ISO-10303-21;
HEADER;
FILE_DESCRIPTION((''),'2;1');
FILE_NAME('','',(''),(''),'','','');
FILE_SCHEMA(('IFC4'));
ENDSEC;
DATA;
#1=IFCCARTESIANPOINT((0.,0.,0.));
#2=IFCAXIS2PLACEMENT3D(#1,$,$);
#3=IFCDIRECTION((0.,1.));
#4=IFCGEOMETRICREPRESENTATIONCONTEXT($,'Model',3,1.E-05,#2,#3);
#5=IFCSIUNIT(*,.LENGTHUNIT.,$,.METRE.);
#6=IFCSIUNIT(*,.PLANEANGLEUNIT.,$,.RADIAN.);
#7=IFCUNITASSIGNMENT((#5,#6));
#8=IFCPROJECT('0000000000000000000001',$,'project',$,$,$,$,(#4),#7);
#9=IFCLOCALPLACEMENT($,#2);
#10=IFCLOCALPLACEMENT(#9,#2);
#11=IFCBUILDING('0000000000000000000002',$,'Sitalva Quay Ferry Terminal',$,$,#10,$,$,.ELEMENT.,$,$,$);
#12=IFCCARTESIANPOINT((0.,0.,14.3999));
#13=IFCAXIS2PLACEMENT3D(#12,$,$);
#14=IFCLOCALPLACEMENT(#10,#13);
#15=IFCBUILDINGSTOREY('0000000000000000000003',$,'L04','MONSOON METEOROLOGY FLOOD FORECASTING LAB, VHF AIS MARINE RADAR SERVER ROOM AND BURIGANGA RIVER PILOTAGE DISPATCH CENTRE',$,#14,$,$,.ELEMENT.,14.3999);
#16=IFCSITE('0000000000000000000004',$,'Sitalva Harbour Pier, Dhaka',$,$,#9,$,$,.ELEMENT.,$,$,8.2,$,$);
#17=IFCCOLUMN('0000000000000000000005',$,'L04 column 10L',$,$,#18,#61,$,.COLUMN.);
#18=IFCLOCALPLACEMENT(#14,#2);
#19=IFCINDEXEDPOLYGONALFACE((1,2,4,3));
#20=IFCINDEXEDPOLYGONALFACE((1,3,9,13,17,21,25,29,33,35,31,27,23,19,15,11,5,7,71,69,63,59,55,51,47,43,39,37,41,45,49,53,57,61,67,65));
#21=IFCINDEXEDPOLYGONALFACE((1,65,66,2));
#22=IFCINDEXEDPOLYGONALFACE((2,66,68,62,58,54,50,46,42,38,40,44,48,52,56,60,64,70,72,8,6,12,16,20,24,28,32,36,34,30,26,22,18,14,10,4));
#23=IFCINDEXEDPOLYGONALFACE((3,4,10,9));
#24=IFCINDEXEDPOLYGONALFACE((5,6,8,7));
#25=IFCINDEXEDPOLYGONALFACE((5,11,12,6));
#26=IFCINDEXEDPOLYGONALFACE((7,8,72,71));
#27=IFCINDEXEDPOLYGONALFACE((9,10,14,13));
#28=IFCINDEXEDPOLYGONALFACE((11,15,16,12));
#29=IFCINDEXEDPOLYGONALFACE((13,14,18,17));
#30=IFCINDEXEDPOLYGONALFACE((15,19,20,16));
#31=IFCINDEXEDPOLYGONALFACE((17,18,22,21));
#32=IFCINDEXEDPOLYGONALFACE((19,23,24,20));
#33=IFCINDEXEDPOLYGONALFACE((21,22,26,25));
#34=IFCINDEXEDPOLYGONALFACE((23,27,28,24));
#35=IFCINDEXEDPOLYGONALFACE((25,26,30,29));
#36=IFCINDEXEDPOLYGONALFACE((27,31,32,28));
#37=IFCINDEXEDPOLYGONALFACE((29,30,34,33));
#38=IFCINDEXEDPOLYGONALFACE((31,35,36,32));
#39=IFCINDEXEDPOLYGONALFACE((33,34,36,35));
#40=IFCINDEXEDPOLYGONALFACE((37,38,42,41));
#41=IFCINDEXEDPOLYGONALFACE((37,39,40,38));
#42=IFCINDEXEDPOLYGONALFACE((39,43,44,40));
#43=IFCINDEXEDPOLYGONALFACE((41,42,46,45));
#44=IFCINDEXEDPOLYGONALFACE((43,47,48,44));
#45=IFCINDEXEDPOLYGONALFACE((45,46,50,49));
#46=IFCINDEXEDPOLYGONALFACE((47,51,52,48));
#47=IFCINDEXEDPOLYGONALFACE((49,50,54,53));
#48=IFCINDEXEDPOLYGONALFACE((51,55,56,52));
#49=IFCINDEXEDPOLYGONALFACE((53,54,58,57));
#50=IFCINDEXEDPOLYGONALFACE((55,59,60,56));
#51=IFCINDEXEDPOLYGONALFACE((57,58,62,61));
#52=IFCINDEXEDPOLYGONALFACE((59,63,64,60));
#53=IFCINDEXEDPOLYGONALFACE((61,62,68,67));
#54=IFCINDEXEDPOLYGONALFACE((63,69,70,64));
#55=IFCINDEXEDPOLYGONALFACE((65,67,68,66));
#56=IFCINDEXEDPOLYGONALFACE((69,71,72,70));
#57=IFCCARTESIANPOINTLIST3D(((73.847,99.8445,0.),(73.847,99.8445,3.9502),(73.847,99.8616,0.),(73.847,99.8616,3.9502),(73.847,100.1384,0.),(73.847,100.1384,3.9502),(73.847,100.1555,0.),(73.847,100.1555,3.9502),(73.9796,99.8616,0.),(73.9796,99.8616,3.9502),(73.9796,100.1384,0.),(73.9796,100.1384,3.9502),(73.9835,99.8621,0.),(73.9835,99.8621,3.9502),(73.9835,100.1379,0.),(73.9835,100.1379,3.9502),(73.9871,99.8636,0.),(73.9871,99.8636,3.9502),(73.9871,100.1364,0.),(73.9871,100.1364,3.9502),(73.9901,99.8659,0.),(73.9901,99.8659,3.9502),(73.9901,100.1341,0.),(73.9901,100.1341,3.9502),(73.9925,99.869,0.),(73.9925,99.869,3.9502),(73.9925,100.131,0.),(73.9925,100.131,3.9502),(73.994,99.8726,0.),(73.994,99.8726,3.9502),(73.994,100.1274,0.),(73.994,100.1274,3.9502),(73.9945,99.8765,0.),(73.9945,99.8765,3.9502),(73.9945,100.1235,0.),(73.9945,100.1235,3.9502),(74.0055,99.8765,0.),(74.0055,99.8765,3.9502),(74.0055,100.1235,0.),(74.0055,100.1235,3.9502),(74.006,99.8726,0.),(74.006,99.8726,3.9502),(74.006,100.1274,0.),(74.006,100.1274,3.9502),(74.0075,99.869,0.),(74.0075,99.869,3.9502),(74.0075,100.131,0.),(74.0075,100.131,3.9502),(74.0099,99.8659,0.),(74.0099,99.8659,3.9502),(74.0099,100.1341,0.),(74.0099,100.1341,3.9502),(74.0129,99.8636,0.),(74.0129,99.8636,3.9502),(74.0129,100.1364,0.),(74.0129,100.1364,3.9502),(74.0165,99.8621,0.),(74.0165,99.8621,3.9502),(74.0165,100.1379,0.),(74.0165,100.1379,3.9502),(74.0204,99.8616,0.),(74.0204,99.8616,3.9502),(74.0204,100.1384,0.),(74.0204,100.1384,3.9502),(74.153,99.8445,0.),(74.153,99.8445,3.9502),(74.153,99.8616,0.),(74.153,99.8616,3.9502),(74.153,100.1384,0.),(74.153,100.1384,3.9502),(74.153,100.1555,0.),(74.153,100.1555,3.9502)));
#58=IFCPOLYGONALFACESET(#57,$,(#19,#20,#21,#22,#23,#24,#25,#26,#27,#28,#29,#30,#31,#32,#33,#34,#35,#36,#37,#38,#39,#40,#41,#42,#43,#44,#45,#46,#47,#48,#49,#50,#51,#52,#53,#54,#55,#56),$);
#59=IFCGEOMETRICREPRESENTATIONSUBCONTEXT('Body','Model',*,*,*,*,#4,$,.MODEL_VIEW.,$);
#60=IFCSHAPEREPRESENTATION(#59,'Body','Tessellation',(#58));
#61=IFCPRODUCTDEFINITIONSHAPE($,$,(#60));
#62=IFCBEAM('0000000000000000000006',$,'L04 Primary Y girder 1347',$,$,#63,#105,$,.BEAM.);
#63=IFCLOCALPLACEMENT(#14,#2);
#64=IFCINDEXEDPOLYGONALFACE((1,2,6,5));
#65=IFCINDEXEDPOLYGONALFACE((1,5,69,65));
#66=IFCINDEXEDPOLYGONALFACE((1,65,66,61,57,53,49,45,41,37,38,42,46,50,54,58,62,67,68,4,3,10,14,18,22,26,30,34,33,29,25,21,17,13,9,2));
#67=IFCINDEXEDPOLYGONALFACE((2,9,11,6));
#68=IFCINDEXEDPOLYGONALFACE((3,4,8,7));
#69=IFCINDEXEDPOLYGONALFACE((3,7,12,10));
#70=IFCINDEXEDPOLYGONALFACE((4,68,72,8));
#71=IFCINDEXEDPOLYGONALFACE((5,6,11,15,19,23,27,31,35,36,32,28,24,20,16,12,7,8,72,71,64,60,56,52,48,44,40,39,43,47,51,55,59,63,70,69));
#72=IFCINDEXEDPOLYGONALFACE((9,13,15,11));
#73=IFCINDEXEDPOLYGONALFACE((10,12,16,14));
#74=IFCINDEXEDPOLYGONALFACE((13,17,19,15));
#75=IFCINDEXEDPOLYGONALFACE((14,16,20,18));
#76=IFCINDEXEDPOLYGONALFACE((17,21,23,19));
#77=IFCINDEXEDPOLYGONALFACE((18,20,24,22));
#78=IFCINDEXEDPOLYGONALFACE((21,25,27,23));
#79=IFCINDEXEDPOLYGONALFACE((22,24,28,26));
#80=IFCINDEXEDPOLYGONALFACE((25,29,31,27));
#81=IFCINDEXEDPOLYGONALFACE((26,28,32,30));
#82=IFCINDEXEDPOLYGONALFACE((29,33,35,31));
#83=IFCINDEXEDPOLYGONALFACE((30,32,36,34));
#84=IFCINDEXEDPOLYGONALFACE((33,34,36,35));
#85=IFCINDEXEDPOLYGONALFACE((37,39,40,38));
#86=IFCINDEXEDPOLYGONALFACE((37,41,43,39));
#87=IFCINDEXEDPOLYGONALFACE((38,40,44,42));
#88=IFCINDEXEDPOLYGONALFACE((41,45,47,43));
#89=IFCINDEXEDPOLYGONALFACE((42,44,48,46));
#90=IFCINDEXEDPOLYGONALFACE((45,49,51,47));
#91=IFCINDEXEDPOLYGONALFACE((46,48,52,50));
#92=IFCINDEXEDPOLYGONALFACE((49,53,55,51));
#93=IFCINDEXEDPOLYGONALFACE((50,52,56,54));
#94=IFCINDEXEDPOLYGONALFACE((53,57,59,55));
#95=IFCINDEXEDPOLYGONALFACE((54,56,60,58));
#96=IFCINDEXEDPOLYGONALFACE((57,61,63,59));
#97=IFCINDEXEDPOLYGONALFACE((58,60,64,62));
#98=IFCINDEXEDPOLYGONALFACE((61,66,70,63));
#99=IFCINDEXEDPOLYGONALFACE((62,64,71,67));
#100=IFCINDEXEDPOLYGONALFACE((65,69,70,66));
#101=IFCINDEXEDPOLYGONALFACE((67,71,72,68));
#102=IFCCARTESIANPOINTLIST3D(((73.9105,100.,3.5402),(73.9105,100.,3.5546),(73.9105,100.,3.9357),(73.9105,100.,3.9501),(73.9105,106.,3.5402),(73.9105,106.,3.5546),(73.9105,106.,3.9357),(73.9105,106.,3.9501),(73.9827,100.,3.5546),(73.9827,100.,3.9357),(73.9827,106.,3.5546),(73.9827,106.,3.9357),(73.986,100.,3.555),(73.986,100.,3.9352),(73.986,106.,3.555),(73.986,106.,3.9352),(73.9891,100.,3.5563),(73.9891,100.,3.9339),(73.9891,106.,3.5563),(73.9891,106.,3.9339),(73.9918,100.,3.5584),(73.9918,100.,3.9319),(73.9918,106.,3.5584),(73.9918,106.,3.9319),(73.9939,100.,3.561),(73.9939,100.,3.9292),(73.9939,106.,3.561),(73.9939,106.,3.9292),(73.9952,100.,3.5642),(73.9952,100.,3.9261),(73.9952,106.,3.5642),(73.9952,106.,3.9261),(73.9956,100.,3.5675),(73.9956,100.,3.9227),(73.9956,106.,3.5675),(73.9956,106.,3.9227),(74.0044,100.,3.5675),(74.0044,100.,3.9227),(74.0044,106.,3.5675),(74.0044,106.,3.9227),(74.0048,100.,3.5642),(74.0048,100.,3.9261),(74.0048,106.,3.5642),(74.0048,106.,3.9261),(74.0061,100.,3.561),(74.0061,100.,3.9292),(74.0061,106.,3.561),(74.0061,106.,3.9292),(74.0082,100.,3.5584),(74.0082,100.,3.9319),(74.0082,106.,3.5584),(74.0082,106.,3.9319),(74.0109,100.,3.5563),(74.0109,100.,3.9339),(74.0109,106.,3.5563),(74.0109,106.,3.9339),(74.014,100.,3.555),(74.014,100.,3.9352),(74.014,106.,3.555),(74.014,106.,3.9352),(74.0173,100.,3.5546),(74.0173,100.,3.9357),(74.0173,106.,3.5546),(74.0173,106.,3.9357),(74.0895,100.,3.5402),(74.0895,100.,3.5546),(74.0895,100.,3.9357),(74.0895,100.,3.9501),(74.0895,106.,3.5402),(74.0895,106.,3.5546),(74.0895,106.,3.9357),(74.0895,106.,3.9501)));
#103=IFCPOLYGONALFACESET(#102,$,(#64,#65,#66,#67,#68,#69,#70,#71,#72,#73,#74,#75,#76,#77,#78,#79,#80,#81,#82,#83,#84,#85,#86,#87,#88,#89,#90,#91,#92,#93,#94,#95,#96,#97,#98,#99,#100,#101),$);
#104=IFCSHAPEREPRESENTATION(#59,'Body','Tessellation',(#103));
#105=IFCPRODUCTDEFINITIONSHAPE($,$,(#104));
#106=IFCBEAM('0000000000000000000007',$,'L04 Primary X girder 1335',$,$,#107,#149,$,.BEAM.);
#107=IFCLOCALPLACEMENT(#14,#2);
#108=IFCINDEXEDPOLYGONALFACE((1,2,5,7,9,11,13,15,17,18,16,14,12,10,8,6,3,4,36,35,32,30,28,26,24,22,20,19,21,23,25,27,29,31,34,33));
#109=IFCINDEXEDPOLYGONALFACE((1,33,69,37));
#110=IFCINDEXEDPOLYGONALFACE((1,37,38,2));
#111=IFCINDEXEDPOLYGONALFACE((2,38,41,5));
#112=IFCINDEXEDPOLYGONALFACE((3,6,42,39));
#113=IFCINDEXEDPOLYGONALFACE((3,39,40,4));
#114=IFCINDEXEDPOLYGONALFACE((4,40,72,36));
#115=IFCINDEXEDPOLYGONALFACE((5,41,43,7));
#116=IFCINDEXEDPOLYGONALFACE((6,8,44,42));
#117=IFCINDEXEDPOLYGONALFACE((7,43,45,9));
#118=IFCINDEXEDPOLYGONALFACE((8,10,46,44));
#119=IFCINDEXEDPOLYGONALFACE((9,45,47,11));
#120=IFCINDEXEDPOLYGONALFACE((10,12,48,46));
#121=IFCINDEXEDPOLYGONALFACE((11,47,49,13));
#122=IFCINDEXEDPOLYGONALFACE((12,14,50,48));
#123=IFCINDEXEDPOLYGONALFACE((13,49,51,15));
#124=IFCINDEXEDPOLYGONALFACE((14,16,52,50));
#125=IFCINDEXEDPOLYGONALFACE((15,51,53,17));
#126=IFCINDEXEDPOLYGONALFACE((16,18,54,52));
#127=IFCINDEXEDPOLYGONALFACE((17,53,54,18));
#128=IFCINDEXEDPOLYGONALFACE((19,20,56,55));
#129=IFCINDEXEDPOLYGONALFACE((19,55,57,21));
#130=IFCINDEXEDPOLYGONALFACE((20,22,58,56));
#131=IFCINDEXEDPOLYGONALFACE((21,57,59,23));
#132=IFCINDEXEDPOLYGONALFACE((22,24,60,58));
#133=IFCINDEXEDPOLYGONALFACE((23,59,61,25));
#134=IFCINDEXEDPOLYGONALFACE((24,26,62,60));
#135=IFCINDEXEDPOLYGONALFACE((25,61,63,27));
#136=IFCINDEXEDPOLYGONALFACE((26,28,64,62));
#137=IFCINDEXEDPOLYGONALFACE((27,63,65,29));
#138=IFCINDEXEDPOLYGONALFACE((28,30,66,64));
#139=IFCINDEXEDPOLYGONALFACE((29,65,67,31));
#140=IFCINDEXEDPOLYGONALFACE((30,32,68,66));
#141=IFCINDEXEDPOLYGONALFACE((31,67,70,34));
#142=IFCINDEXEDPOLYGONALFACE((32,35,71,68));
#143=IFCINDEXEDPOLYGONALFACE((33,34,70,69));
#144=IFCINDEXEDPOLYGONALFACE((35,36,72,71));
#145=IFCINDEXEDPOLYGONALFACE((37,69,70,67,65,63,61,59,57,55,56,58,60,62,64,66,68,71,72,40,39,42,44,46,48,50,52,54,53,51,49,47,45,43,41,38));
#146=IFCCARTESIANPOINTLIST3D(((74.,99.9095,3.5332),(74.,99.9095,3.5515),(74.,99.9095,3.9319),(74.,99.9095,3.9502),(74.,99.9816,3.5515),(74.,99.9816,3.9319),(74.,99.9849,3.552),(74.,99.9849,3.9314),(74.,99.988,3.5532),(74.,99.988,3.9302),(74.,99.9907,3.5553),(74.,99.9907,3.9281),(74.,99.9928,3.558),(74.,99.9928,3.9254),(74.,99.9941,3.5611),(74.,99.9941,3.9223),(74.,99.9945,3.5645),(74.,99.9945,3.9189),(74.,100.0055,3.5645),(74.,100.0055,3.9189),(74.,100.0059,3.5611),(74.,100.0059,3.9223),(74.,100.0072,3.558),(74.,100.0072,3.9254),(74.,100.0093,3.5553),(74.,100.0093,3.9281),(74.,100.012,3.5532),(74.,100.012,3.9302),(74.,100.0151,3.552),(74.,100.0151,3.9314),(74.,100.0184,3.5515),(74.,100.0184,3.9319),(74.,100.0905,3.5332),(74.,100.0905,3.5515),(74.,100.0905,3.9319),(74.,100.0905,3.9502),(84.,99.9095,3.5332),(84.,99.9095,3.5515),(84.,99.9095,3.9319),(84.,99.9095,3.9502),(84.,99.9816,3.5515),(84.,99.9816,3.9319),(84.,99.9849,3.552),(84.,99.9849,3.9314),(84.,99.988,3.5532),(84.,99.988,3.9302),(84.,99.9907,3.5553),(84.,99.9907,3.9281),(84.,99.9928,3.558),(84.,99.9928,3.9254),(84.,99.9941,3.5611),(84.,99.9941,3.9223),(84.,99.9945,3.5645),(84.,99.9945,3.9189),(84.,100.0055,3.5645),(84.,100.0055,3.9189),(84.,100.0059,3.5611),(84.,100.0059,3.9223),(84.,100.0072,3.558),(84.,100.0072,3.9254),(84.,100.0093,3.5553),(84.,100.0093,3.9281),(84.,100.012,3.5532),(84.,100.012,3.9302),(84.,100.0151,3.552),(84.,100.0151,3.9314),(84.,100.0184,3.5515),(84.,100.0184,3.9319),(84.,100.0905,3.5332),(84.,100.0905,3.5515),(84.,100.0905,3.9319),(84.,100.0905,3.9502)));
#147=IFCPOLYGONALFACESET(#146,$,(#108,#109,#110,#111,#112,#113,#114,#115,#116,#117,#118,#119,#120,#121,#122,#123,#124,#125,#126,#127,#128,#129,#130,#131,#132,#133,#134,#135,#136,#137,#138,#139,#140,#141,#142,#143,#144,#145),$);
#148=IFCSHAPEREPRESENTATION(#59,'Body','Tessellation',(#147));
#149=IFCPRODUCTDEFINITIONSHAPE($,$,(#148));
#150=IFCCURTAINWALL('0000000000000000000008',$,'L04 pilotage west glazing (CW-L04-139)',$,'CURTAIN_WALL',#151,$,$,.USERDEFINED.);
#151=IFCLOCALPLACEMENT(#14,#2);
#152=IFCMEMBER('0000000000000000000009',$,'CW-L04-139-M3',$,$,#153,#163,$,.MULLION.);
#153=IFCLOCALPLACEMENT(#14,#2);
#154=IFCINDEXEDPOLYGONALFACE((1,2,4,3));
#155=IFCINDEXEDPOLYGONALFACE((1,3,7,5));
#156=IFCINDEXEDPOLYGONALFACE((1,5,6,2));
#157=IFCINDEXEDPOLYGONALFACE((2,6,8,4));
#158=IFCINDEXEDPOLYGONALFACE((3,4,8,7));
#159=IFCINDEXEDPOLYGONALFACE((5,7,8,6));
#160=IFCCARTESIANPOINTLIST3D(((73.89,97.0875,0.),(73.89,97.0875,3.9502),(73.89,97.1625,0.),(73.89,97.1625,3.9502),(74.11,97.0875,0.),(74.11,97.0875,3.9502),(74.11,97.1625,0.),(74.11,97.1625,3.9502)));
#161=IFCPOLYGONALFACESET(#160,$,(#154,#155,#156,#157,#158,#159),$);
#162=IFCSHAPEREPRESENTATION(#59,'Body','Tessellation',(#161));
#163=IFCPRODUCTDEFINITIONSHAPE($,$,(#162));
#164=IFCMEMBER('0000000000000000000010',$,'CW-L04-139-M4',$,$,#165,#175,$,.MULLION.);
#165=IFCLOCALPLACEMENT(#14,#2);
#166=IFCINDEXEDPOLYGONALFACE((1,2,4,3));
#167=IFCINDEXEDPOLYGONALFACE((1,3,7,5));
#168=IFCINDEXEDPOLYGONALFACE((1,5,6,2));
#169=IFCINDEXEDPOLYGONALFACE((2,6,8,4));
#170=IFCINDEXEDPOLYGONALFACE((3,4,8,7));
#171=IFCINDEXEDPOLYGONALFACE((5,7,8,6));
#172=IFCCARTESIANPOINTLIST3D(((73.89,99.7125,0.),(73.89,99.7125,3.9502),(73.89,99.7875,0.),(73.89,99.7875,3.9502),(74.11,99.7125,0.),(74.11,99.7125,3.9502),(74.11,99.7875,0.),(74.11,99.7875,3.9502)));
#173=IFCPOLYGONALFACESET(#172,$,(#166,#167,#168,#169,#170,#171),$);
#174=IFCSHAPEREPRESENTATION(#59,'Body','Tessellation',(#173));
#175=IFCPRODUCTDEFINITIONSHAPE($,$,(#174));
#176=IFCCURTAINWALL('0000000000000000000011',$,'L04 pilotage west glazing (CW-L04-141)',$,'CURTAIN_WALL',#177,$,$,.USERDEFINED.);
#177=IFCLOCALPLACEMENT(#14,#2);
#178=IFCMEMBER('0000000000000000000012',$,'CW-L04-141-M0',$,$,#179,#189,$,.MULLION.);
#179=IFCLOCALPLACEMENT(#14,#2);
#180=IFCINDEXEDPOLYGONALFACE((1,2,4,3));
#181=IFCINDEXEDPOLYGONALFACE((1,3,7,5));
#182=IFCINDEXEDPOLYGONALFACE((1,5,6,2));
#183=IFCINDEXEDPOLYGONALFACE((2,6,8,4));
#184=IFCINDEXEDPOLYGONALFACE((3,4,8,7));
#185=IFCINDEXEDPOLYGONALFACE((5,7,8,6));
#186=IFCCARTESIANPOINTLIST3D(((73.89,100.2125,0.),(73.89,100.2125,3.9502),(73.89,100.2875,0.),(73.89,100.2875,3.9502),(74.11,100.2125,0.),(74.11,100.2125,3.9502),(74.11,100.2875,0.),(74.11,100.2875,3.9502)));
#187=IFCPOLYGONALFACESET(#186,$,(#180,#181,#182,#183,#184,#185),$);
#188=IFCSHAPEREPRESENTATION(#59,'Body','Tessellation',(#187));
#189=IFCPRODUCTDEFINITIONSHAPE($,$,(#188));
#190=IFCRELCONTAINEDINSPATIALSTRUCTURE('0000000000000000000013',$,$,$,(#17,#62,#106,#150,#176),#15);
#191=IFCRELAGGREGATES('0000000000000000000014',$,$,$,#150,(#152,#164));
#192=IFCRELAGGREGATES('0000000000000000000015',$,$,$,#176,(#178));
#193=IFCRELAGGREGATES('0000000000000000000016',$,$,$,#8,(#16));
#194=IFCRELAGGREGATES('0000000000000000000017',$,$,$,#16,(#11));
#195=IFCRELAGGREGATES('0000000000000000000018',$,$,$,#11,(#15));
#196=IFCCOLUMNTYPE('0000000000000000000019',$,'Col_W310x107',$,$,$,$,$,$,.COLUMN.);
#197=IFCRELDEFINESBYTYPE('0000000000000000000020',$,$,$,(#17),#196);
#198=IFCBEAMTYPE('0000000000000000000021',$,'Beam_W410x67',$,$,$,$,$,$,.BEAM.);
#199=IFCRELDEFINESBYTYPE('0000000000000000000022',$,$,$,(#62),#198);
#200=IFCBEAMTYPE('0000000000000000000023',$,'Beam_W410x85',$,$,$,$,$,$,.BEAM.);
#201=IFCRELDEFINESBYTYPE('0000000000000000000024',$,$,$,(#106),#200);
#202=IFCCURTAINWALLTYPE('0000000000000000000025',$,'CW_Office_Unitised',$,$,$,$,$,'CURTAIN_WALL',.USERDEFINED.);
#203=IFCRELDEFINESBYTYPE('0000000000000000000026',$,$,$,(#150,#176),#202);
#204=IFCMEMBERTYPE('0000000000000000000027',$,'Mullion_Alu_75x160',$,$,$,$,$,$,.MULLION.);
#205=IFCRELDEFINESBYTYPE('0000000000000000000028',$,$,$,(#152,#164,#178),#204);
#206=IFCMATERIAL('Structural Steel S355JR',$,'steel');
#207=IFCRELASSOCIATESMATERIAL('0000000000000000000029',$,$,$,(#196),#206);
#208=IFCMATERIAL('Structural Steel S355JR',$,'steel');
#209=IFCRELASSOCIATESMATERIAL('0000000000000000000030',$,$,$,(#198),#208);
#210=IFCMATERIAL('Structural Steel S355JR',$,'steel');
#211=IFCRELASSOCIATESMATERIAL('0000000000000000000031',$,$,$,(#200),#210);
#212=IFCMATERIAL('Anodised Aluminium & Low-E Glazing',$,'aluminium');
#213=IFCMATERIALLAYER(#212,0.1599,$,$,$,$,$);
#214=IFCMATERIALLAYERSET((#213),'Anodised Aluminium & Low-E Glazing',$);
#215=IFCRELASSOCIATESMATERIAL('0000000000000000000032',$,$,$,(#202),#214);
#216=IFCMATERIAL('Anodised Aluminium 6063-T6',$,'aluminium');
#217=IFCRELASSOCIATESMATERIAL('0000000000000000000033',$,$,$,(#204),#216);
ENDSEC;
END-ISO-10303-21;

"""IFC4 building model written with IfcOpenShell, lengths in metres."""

from ifc_helpers import new_model, si_unit, direction, frame, origin, origin_2d, place, context, subcontext, project, spatial, rectangle, i_section, extrude, material, layer, layer_set, material_profile, profile_set, type_object, element, aggregate, save


model = new_model("IFC4")

# Units and contexts
model_context = context("Model", 3, precision=1e-05, world=origin(), true_north=direction((0.0, 1.0)))
body_context = subcontext(model_context, "Body", "Model", "MODEL_VIEW")
ifc_project = project(units=[si_unit("LENGTHUNIT", "METRE"), si_unit("PLANEANGLEUNIT", "RADIAN")], contexts=[model_context])

# Site, building, storey
site_placement = place(None, origin())
site = spatial("IfcSite", under=ifc_project, at=site_placement, Name="Sitalva Harbour Pier, Dhaka", CompositionType="ELEMENT", RefElevation=8.2)
building_placement = place(site_placement, origin())
building = spatial("IfcBuilding", under=site, at=building_placement, Name="Sitalva Quay Ferry Terminal", CompositionType="ELEMENT")
storey_placement = place(building_placement, frame((0.0, 0.0, 14.3999)))
storey = spatial("IfcBuildingStorey", under=building, at=storey_placement, Name="L04", Description="MONSOON METEOROLOGY FLOOD FORECASTING LAB, VHF AIS MARINE RADAR SERVER ROOM AND BURIGANGA RIVER PILOTAGE DISPATCH CENTRE", CompositionType="ELEMENT", Elevation=14.3999)

# Column
ifc_material_1 = material(Name="Structural Steel S355JR", Category="steel")
ifc_material_profile_1 = material_profile(ifc_material_1, i_section(OverallWidth=0.3059, OverallDepth=0.311, WebThickness=0.011, FlangeThickness=0.0171, FilletRadius=0.0149, at=origin_2d()), Name="W310x107")
ifc_profile_set_1 = profile_set([ifc_material_profile_1], Name="Structural Steel S355JR")
column_type = type_object("IfcColumnType", Name="Col_W310x107", PredefinedType="COLUMN", material=ifc_profile_set_1)
column_placement = place(storey_placement, frame((74.0, 100.0, 0.0), z_axis=(0.0, 0.0, 1.0), x_axis=(1.0, 0.0, 0.0)))
element("IfcColumn", 1, at=column_placement, inside=storey, type_object=column_type, Name="L04 column 10L", PredefinedType="COLUMN", context=body_context, shape_type="SweptSolid", body=[
    extrude(i_section(OverallWidth=0.3059, OverallDepth=0.311, WebThickness=0.011, FlangeThickness=0.0171, FilletRadius=0.0149, at=origin_2d()), origin(), (0.0, 0.0, 1.0), 3.9502),
])

# Beams
ifc_material_2 = material(Name="Structural Steel S355JR", Category="steel")
ifc_material_profile_2 = material_profile(ifc_material_2, i_section(OverallWidth=0.179, OverallDepth=0.4099, WebThickness=0.0088, FlangeThickness=0.0144, FilletRadius=0.0129, at=origin_2d()), Name="W410x67")
ifc_profile_set_2 = profile_set([ifc_material_profile_2], Name="Structural Steel S355JR")
beam_type_1 = type_object("IfcBeamType", Name="Beam_W410x67", PredefinedType="BEAM", material=ifc_profile_set_2)
beam_1_placement = place(storey_placement, frame((74.0, 100.0, 3.7451), z_axis=(0.0, 1.0, 0.0), x_axis=(-1.0, 0.0, 0.0)))
element("IfcBeam", 2, at=beam_1_placement, inside=storey, type_object=beam_type_1, Name="L04 Primary Y girder 1347", PredefinedType="BEAM", context=body_context, shape_type="SweptSolid", body=[
    extrude(i_section(OverallWidth=0.179, OverallDepth=0.4099, WebThickness=0.0088, FlangeThickness=0.0144, FilletRadius=0.0129, at=origin_2d()), origin(), (0.0, 0.0, 1.0), 6.0),
])
ifc_material_3 = material(Name="Structural Steel S355JR", Category="steel")
ifc_material_profile_3 = material_profile(ifc_material_3, i_section(OverallWidth=0.1809, OverallDepth=0.417, WebThickness=0.011, FlangeThickness=0.0183, FilletRadius=0.0129, at=origin_2d()), Name="W410x85")
ifc_profile_set_3 = profile_set([ifc_material_profile_3], Name="Structural Steel S355JR")
beam_type_2 = type_object("IfcBeamType", Name="Beam_W410x85", PredefinedType="BEAM", material=ifc_profile_set_3)
beam_2_placement = place(storey_placement, frame((74.0, 100.0, 3.7417), z_axis=(1.0, 0.0, 0.0), x_axis=(0.0, 1.0, 0.0)))
element("IfcBeam", 3, at=beam_2_placement, inside=storey, type_object=beam_type_2, Name="L04 Primary X girder 1335", PredefinedType="BEAM", context=body_context, shape_type="SweptSolid", body=[
    extrude(i_section(OverallWidth=0.1809, OverallDepth=0.417, WebThickness=0.011, FlangeThickness=0.0183, FilletRadius=0.0129, at=origin_2d()), origin(), (0.0, 0.0, 1.0), 10.0),
])

# Curtain wall, members
ifc_material_4 = material(Name="Anodised Aluminium & Low-E Glazing", Category="aluminium")
ifc_layer_1 = layer(ifc_material_4, 0.1599)
ifc_layer_set_1 = layer_set([ifc_layer_1], Name="Anodised Aluminium & Low-E Glazing")
curtain_wall_type = type_object("IfcCurtainWallType", Name="CW_Office_Unitised", ElementType="CURTAIN_WALL", PredefinedType="USERDEFINED", material=ifc_layer_set_1)
curtain_wall_1_placement = place(storey_placement, origin())
curtain_wall_1 = element("IfcCurtainWall", 4, at=curtain_wall_1_placement, inside=storey, type_object=curtain_wall_type, Name="L04 pilotage west glazing (CW-L04-139)", ObjectType="CURTAIN_WALL", PredefinedType="USERDEFINED")
ifc_material_5 = material(Name="Anodised Aluminium 6063-T6", Category="aluminium")
ifc_material_profile_4 = material_profile(ifc_material_5, rectangle(XDim=0.075, YDim=0.22, at=origin_2d()), Name="ALU75x220")
ifc_profile_set_4 = profile_set([ifc_material_profile_4], Name="Anodised Aluminium 6063-T6")
member_type_1 = type_object("IfcMemberType", Name="Mullion_Alu_75x160", PredefinedType="MULLION", material=ifc_profile_set_4)
member_1_placement = place(storey_placement, frame((74.0, 97.125, 0.0), z_axis=(0.0, 0.0, 1.0), x_axis=(0.0, 1.0, 0.0)))
member_1 = element("IfcMember", 5, at=member_1_placement, type_object=member_type_1, Name="CW-L04-139-M3", PredefinedType="MULLION", context=body_context, shape_type="SweptSolid", body=[
    extrude(rectangle(XDim=0.075, YDim=0.22, at=origin_2d()), origin(), (0.0, 0.0, 1.0), 3.9502),
])
member_2_placement = place(storey_placement, frame((74.0, 99.75, 0.0), z_axis=(0.0, 0.0, 1.0), x_axis=(0.0, 1.0, 0.0)))
member_2 = element("IfcMember", 6, at=member_2_placement, type_object=member_type_1, Name="CW-L04-139-M4", PredefinedType="MULLION", context=body_context, shape_type="SweptSolid", body=[
    extrude(rectangle(XDim=0.075, YDim=0.22, at=origin_2d()), origin(), (0.0, 0.0, 1.0), 3.9502),
])

# Curtain wall, member
curtain_wall_2_placement = place(storey_placement, origin())
curtain_wall_2 = element("IfcCurtainWall", 7, at=curtain_wall_2_placement, inside=storey, type_object=curtain_wall_type, Name="L04 pilotage west glazing (CW-L04-141)", ObjectType="CURTAIN_WALL", PredefinedType="USERDEFINED")
member_3_placement = place(storey_placement, frame((74.0, 100.25, 0.0), z_axis=(0.0, 0.0, 1.0), x_axis=(0.0, 1.0, 0.0)))
member_3 = element("IfcMember", 8, at=member_3_placement, type_object=member_type_1, Name="CW-L04-141-M0", PredefinedType="MULLION", context=body_context, shape_type="SweptSolid", body=[
    extrude(rectangle(XDim=0.075, YDim=0.22, at=origin_2d()), origin(), (0.0, 0.0, 1.0), 3.9502),
])

aggregate(curtain_wall_1, [member_1, member_2])
aggregate(curtain_wall_2, [member_3])

save(model, "model.ifc")
